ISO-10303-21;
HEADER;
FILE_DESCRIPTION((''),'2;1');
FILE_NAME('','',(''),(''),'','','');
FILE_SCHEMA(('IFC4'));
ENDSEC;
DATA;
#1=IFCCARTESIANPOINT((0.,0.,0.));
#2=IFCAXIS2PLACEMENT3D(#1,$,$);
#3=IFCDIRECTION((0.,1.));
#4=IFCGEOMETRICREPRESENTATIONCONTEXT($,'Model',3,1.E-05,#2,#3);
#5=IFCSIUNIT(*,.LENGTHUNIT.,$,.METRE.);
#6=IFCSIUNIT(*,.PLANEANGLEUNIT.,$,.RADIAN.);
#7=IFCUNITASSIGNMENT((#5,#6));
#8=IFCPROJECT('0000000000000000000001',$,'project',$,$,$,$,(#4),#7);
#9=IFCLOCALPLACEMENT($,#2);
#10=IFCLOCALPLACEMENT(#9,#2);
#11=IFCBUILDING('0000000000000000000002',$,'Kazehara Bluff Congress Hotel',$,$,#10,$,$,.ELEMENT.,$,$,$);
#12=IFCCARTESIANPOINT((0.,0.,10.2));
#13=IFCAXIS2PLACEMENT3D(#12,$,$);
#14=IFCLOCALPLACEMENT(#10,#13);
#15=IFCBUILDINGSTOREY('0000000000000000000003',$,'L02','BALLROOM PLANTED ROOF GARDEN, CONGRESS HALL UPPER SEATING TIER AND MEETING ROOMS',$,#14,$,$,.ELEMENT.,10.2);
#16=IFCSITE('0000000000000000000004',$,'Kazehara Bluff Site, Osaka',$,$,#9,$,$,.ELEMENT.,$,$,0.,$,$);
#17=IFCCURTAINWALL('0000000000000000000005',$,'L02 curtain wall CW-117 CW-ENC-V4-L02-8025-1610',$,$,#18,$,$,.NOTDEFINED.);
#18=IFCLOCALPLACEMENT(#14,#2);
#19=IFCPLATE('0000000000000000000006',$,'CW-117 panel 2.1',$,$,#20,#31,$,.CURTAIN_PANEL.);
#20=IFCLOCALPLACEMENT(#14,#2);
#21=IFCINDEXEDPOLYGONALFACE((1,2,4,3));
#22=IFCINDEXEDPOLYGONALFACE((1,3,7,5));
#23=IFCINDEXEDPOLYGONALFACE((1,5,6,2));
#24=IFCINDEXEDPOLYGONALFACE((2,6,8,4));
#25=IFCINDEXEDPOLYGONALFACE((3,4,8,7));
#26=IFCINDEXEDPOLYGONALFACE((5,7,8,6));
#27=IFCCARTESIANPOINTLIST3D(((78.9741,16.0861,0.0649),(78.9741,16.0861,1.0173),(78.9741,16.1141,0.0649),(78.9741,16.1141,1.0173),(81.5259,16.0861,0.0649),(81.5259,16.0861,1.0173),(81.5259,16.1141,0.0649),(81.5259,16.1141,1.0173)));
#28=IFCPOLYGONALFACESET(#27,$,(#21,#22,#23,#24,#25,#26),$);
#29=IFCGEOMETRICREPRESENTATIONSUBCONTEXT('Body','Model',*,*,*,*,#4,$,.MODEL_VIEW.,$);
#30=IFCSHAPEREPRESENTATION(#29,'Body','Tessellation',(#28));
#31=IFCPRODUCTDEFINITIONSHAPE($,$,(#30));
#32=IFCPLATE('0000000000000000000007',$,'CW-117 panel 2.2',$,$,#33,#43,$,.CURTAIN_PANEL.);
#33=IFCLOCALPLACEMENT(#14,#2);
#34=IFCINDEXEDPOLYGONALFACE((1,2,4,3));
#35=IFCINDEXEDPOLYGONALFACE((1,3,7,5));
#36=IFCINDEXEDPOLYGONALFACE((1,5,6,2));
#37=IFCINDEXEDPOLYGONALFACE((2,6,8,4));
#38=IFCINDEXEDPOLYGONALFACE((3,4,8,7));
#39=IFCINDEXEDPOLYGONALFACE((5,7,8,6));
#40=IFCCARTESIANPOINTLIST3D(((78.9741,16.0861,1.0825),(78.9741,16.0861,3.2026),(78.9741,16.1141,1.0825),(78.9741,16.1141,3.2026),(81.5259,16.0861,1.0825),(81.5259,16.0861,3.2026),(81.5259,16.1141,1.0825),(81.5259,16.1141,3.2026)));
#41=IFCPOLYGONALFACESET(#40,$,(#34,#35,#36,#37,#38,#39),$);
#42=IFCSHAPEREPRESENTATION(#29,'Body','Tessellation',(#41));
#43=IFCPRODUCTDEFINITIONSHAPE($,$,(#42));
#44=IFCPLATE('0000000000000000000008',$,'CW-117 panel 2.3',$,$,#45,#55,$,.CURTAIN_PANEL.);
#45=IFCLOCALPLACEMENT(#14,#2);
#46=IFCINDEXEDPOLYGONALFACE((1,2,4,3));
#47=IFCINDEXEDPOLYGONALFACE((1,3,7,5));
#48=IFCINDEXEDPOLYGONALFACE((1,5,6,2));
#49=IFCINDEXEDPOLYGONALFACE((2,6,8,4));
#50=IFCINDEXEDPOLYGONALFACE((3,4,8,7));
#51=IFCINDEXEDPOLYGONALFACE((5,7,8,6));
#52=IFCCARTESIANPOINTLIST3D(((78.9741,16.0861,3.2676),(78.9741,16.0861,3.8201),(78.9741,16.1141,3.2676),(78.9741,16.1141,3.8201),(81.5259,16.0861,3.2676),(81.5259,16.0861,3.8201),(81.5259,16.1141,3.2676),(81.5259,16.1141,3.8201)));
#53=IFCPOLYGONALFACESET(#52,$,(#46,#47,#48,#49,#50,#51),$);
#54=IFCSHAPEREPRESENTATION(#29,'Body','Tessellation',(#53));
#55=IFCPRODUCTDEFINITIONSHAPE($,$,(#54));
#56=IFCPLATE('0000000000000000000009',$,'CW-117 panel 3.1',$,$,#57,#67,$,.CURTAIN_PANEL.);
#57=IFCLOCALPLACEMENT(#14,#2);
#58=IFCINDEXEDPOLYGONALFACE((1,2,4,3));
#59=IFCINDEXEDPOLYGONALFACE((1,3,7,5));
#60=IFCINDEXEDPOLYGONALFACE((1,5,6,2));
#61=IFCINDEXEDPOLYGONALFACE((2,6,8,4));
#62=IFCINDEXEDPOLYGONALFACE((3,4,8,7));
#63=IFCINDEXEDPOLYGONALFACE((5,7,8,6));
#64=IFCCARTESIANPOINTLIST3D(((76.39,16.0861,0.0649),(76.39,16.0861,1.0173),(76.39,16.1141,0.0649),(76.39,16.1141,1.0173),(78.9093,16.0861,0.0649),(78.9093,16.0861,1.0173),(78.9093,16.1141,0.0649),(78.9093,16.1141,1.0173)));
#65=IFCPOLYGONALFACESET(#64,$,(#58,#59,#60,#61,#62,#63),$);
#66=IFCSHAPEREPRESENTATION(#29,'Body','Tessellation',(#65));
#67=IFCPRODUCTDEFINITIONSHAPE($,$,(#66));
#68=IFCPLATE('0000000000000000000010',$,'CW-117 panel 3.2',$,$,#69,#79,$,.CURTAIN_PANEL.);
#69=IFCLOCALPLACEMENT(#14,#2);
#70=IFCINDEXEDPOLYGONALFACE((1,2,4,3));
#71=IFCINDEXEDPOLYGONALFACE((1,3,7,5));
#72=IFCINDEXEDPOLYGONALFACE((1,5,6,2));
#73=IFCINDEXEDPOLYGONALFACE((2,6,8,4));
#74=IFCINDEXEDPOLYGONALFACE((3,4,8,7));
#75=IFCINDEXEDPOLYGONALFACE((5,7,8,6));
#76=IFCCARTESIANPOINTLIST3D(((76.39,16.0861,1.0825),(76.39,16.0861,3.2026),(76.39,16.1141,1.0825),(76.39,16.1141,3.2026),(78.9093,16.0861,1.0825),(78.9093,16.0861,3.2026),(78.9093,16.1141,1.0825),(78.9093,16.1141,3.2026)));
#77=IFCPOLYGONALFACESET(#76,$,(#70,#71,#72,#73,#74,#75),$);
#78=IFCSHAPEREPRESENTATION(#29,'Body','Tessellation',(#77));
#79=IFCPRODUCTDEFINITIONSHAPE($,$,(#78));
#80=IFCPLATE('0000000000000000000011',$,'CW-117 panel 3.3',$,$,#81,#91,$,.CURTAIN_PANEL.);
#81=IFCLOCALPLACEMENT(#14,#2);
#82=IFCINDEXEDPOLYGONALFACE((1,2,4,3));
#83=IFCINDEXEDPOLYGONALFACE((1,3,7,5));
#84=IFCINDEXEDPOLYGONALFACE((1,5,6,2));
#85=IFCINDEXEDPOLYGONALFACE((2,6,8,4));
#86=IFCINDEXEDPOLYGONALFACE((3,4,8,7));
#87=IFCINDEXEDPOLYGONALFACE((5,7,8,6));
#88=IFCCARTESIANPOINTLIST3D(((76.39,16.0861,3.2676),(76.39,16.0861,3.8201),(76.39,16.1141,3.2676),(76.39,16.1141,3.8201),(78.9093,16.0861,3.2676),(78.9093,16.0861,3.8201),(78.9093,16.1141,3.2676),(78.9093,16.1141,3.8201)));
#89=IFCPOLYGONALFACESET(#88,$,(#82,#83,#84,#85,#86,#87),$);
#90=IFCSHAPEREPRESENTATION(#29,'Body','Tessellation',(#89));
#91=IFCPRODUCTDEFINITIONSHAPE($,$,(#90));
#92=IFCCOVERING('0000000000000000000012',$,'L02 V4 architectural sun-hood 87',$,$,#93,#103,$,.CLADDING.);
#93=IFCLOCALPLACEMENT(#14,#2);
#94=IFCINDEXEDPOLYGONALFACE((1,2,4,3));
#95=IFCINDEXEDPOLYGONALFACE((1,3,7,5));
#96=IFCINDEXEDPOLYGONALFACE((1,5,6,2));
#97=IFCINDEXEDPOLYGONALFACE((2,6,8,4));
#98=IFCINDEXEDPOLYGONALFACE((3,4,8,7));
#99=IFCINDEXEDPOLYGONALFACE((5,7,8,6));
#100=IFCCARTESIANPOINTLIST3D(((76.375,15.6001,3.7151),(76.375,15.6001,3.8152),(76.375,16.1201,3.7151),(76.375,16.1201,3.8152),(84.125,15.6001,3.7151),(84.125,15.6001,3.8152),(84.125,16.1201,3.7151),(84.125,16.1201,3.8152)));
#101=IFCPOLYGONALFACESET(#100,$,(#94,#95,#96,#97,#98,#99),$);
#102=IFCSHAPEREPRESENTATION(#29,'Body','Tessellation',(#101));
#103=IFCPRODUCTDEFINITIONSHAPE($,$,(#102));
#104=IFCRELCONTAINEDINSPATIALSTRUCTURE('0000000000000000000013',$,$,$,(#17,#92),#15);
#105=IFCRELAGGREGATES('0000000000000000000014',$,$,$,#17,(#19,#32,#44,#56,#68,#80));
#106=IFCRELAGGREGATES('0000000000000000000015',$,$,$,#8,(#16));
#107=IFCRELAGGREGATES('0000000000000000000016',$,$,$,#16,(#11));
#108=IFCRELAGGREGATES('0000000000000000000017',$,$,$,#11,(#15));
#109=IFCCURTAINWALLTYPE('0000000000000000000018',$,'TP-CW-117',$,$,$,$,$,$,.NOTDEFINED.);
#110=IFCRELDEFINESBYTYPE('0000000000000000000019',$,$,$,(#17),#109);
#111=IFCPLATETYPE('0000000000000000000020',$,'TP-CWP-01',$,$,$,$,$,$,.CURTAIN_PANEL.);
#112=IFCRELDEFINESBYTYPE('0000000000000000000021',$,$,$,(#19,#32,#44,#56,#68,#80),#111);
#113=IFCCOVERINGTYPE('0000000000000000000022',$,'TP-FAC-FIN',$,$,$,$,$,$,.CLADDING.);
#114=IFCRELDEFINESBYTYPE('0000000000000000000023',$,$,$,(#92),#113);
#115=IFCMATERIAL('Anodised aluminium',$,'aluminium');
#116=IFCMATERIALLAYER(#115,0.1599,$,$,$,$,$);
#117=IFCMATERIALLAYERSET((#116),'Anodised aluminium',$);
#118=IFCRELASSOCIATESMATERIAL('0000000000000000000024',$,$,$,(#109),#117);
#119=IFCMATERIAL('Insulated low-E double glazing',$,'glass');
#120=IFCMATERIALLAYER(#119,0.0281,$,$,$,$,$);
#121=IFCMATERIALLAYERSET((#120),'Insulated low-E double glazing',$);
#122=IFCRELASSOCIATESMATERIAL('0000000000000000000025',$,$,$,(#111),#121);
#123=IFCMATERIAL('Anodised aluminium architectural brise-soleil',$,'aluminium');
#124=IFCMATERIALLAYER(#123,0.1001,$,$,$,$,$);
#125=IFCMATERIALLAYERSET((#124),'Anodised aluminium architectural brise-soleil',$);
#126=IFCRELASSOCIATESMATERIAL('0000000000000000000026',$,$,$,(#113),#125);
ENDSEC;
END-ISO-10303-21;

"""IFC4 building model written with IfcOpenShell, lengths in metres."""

from ifc_helpers import new_model, si_unit, direction, frame, origin, origin_2d, place, context, subcontext, project, spatial, rectangle, extrude, material, layer, layer_set, type_object, element, aggregate, save


model = new_model("IFC4")

# Units and contexts
model_context = context("Model", 3, precision=1e-05, world=origin(), true_north=direction((0.0, 1.0)))
body_context = subcontext(model_context, "Body", "Model", "MODEL_VIEW")
ifc_project = project(units=[si_unit("LENGTHUNIT", "METRE"), si_unit("PLANEANGLEUNIT", "RADIAN")], contexts=[model_context])

# Site, building, storey
site_placement = place(None, origin())
site = spatial("IfcSite", under=ifc_project, at=site_placement, Name="Kazehara Bluff Site, Osaka", CompositionType="ELEMENT", RefElevation=0.0)
building_placement = place(site_placement, origin())
building = spatial("IfcBuilding", under=site, at=building_placement, Name="Kazehara Bluff Congress Hotel", CompositionType="ELEMENT")
storey_placement = place(building_placement, frame((0.0, 0.0, 10.2)))
storey = spatial("IfcBuildingStorey", under=building, at=storey_placement, Name="L02", Description="BALLROOM PLANTED ROOF GARDEN, CONGRESS HALL UPPER SEATING TIER AND MEETING ROOMS", CompositionType="ELEMENT", Elevation=10.2)

# Curtain wall
ifc_material_1 = material(Name="Anodised aluminium", Category="aluminium")
ifc_layer_1 = layer(ifc_material_1, 0.1599)
ifc_layer_set_1 = layer_set([ifc_layer_1], Name="Anodised aluminium")
curtain_wall_type_1 = type_object("IfcCurtainWallType", Name="TP-CW-117", PredefinedType="NOTDEFINED", material=ifc_layer_set_1)
curtain_wall_1_placement = place(storey_placement, origin())
curtain_wall_1 = element("IfcCurtainWall", 1, at=curtain_wall_1_placement, inside=storey, type_object=curtain_wall_type_1, Name="L02 curtain wall CW-117 CW-ENC-V4-L02-8025-1610", PredefinedType="NOTDEFINED")

# Plates
ifc_material_2 = material(Name="Insulated low-E double glazing", Category="glass")
ifc_layer_2 = layer(ifc_material_2, 0.0281)
ifc_layer_set_2 = layer_set([ifc_layer_2], Name="Insulated low-E double glazing")
plate_type = type_object("IfcPlateType", Name="TP-CWP-01", PredefinedType="CURTAIN_PANEL", material=ifc_layer_set_2)
plate_1_placement = place(storey_placement, frame((80.25, 16.1001, 0.0649), z_axis=(0.0, 0.0, 1.0), x_axis=(-1.0, 0.0, 0.0)))
plate_1 = element("IfcPlate", 2, at=plate_1_placement, type_object=plate_type, Name="CW-117 panel 2.1", PredefinedType="CURTAIN_PANEL", context=body_context, shape_type="SweptSolid", body=[
    extrude(rectangle(XDim=2.5518, YDim=0.0281, at=origin_2d()), origin(), (0.0, 0.0, 1.0), 0.9524),
])
plate_2_placement = place(storey_placement, frame((80.25, 16.1001, 1.0825), z_axis=(0.0, 0.0, 1.0), x_axis=(-1.0, 0.0, 0.0)))
plate_2 = element("IfcPlate", 3, at=plate_2_placement, type_object=plate_type, Name="CW-117 panel 2.2", PredefinedType="CURTAIN_PANEL", context=body_context, shape_type="SweptSolid", body=[
    extrude(rectangle(XDim=2.5518, YDim=0.0281, at=origin_2d()), origin(), (0.0, 0.0, 1.0), 2.1201),
])
plate_3_placement = place(storey_placement, frame((80.25, 16.1001, 3.2676), z_axis=(0.0, 0.0, 1.0), x_axis=(-1.0, 0.0, 0.0)))
plate_3 = element("IfcPlate", 4, at=plate_3_placement, type_object=plate_type, Name="CW-117 panel 2.3", PredefinedType="CURTAIN_PANEL", context=body_context, shape_type="SweptSolid", body=[
    extrude(rectangle(XDim=2.5518, YDim=0.0281, at=origin_2d()), origin(), (0.0, 0.0, 1.0), 0.5525),
])
plate_4_placement = place(storey_placement, frame((77.6497, 16.1001, 0.0649), z_axis=(0.0, 0.0, 1.0), x_axis=(-1.0, 0.0, 0.0)))
plate_4 = element("IfcPlate", 5, at=plate_4_placement, type_object=plate_type, Name="CW-117 panel 3.1", PredefinedType="CURTAIN_PANEL", context=body_context, shape_type="SweptSolid", body=[
    extrude(rectangle(XDim=2.5193, YDim=0.0281, at=origin_2d()), origin(), (0.0, 0.0, 1.0), 0.9524),
])
plate_5_placement = place(storey_placement, frame((77.6497, 16.1001, 1.0825), z_axis=(0.0, 0.0, 1.0), x_axis=(-1.0, 0.0, 0.0)))
plate_5 = element("IfcPlate", 6, at=plate_5_placement, type_object=plate_type, Name="CW-117 panel 3.2", PredefinedType="CURTAIN_PANEL", context=body_context, shape_type="SweptSolid", body=[
    extrude(rectangle(XDim=2.5193, YDim=0.0281, at=origin_2d()), origin(), (0.0, 0.0, 1.0), 2.1201),
])
plate_6_placement = place(storey_placement, frame((77.6497, 16.1001, 3.2676), z_axis=(0.0, 0.0, 1.0), x_axis=(-1.0, 0.0, 0.0)))
plate_6 = element("IfcPlate", 7, at=plate_6_placement, type_object=plate_type, Name="CW-117 panel 3.3", PredefinedType="CURTAIN_PANEL", context=body_context, shape_type="SweptSolid", body=[
    extrude(rectangle(XDim=2.5193, YDim=0.0281, at=origin_2d()), origin(), (0.0, 0.0, 1.0), 0.5525),
])
aggregate(curtain_wall_1, [plate_1, plate_2, plate_3, plate_4, plate_5, plate_6])

# Covering
ifc_material_3 = material(Name="Anodised aluminium architectural brise-soleil", Category="aluminium")
ifc_layer_3 = layer(ifc_material_3, 0.1001)
ifc_layer_set_3 = layer_set([ifc_layer_3], Name="Anodised aluminium architectural brise-soleil")
covering_type = type_object("IfcCoveringType", Name="TP-FAC-FIN", PredefinedType="CLADDING", material=ifc_layer_set_3)
covering_placement = place(storey_placement, frame((80.25, 15.8601, 3.7151), z_axis=(0.0, 0.0, 1.0), x_axis=(1.0, 0.0, 0.0)))
element("IfcCovering", 8, at=covering_placement, inside=storey, type_object=covering_type, Name="L02 V4 architectural sun-hood 87", PredefinedType="CLADDING", context=body_context, shape_type="SweptSolid", body=[
    extrude(rectangle(XDim=7.75, YDim=0.52, at=origin_2d()), origin(), (0.0, 0.0, 1.0), 0.1001),
])

save(model, "model.ifc")
